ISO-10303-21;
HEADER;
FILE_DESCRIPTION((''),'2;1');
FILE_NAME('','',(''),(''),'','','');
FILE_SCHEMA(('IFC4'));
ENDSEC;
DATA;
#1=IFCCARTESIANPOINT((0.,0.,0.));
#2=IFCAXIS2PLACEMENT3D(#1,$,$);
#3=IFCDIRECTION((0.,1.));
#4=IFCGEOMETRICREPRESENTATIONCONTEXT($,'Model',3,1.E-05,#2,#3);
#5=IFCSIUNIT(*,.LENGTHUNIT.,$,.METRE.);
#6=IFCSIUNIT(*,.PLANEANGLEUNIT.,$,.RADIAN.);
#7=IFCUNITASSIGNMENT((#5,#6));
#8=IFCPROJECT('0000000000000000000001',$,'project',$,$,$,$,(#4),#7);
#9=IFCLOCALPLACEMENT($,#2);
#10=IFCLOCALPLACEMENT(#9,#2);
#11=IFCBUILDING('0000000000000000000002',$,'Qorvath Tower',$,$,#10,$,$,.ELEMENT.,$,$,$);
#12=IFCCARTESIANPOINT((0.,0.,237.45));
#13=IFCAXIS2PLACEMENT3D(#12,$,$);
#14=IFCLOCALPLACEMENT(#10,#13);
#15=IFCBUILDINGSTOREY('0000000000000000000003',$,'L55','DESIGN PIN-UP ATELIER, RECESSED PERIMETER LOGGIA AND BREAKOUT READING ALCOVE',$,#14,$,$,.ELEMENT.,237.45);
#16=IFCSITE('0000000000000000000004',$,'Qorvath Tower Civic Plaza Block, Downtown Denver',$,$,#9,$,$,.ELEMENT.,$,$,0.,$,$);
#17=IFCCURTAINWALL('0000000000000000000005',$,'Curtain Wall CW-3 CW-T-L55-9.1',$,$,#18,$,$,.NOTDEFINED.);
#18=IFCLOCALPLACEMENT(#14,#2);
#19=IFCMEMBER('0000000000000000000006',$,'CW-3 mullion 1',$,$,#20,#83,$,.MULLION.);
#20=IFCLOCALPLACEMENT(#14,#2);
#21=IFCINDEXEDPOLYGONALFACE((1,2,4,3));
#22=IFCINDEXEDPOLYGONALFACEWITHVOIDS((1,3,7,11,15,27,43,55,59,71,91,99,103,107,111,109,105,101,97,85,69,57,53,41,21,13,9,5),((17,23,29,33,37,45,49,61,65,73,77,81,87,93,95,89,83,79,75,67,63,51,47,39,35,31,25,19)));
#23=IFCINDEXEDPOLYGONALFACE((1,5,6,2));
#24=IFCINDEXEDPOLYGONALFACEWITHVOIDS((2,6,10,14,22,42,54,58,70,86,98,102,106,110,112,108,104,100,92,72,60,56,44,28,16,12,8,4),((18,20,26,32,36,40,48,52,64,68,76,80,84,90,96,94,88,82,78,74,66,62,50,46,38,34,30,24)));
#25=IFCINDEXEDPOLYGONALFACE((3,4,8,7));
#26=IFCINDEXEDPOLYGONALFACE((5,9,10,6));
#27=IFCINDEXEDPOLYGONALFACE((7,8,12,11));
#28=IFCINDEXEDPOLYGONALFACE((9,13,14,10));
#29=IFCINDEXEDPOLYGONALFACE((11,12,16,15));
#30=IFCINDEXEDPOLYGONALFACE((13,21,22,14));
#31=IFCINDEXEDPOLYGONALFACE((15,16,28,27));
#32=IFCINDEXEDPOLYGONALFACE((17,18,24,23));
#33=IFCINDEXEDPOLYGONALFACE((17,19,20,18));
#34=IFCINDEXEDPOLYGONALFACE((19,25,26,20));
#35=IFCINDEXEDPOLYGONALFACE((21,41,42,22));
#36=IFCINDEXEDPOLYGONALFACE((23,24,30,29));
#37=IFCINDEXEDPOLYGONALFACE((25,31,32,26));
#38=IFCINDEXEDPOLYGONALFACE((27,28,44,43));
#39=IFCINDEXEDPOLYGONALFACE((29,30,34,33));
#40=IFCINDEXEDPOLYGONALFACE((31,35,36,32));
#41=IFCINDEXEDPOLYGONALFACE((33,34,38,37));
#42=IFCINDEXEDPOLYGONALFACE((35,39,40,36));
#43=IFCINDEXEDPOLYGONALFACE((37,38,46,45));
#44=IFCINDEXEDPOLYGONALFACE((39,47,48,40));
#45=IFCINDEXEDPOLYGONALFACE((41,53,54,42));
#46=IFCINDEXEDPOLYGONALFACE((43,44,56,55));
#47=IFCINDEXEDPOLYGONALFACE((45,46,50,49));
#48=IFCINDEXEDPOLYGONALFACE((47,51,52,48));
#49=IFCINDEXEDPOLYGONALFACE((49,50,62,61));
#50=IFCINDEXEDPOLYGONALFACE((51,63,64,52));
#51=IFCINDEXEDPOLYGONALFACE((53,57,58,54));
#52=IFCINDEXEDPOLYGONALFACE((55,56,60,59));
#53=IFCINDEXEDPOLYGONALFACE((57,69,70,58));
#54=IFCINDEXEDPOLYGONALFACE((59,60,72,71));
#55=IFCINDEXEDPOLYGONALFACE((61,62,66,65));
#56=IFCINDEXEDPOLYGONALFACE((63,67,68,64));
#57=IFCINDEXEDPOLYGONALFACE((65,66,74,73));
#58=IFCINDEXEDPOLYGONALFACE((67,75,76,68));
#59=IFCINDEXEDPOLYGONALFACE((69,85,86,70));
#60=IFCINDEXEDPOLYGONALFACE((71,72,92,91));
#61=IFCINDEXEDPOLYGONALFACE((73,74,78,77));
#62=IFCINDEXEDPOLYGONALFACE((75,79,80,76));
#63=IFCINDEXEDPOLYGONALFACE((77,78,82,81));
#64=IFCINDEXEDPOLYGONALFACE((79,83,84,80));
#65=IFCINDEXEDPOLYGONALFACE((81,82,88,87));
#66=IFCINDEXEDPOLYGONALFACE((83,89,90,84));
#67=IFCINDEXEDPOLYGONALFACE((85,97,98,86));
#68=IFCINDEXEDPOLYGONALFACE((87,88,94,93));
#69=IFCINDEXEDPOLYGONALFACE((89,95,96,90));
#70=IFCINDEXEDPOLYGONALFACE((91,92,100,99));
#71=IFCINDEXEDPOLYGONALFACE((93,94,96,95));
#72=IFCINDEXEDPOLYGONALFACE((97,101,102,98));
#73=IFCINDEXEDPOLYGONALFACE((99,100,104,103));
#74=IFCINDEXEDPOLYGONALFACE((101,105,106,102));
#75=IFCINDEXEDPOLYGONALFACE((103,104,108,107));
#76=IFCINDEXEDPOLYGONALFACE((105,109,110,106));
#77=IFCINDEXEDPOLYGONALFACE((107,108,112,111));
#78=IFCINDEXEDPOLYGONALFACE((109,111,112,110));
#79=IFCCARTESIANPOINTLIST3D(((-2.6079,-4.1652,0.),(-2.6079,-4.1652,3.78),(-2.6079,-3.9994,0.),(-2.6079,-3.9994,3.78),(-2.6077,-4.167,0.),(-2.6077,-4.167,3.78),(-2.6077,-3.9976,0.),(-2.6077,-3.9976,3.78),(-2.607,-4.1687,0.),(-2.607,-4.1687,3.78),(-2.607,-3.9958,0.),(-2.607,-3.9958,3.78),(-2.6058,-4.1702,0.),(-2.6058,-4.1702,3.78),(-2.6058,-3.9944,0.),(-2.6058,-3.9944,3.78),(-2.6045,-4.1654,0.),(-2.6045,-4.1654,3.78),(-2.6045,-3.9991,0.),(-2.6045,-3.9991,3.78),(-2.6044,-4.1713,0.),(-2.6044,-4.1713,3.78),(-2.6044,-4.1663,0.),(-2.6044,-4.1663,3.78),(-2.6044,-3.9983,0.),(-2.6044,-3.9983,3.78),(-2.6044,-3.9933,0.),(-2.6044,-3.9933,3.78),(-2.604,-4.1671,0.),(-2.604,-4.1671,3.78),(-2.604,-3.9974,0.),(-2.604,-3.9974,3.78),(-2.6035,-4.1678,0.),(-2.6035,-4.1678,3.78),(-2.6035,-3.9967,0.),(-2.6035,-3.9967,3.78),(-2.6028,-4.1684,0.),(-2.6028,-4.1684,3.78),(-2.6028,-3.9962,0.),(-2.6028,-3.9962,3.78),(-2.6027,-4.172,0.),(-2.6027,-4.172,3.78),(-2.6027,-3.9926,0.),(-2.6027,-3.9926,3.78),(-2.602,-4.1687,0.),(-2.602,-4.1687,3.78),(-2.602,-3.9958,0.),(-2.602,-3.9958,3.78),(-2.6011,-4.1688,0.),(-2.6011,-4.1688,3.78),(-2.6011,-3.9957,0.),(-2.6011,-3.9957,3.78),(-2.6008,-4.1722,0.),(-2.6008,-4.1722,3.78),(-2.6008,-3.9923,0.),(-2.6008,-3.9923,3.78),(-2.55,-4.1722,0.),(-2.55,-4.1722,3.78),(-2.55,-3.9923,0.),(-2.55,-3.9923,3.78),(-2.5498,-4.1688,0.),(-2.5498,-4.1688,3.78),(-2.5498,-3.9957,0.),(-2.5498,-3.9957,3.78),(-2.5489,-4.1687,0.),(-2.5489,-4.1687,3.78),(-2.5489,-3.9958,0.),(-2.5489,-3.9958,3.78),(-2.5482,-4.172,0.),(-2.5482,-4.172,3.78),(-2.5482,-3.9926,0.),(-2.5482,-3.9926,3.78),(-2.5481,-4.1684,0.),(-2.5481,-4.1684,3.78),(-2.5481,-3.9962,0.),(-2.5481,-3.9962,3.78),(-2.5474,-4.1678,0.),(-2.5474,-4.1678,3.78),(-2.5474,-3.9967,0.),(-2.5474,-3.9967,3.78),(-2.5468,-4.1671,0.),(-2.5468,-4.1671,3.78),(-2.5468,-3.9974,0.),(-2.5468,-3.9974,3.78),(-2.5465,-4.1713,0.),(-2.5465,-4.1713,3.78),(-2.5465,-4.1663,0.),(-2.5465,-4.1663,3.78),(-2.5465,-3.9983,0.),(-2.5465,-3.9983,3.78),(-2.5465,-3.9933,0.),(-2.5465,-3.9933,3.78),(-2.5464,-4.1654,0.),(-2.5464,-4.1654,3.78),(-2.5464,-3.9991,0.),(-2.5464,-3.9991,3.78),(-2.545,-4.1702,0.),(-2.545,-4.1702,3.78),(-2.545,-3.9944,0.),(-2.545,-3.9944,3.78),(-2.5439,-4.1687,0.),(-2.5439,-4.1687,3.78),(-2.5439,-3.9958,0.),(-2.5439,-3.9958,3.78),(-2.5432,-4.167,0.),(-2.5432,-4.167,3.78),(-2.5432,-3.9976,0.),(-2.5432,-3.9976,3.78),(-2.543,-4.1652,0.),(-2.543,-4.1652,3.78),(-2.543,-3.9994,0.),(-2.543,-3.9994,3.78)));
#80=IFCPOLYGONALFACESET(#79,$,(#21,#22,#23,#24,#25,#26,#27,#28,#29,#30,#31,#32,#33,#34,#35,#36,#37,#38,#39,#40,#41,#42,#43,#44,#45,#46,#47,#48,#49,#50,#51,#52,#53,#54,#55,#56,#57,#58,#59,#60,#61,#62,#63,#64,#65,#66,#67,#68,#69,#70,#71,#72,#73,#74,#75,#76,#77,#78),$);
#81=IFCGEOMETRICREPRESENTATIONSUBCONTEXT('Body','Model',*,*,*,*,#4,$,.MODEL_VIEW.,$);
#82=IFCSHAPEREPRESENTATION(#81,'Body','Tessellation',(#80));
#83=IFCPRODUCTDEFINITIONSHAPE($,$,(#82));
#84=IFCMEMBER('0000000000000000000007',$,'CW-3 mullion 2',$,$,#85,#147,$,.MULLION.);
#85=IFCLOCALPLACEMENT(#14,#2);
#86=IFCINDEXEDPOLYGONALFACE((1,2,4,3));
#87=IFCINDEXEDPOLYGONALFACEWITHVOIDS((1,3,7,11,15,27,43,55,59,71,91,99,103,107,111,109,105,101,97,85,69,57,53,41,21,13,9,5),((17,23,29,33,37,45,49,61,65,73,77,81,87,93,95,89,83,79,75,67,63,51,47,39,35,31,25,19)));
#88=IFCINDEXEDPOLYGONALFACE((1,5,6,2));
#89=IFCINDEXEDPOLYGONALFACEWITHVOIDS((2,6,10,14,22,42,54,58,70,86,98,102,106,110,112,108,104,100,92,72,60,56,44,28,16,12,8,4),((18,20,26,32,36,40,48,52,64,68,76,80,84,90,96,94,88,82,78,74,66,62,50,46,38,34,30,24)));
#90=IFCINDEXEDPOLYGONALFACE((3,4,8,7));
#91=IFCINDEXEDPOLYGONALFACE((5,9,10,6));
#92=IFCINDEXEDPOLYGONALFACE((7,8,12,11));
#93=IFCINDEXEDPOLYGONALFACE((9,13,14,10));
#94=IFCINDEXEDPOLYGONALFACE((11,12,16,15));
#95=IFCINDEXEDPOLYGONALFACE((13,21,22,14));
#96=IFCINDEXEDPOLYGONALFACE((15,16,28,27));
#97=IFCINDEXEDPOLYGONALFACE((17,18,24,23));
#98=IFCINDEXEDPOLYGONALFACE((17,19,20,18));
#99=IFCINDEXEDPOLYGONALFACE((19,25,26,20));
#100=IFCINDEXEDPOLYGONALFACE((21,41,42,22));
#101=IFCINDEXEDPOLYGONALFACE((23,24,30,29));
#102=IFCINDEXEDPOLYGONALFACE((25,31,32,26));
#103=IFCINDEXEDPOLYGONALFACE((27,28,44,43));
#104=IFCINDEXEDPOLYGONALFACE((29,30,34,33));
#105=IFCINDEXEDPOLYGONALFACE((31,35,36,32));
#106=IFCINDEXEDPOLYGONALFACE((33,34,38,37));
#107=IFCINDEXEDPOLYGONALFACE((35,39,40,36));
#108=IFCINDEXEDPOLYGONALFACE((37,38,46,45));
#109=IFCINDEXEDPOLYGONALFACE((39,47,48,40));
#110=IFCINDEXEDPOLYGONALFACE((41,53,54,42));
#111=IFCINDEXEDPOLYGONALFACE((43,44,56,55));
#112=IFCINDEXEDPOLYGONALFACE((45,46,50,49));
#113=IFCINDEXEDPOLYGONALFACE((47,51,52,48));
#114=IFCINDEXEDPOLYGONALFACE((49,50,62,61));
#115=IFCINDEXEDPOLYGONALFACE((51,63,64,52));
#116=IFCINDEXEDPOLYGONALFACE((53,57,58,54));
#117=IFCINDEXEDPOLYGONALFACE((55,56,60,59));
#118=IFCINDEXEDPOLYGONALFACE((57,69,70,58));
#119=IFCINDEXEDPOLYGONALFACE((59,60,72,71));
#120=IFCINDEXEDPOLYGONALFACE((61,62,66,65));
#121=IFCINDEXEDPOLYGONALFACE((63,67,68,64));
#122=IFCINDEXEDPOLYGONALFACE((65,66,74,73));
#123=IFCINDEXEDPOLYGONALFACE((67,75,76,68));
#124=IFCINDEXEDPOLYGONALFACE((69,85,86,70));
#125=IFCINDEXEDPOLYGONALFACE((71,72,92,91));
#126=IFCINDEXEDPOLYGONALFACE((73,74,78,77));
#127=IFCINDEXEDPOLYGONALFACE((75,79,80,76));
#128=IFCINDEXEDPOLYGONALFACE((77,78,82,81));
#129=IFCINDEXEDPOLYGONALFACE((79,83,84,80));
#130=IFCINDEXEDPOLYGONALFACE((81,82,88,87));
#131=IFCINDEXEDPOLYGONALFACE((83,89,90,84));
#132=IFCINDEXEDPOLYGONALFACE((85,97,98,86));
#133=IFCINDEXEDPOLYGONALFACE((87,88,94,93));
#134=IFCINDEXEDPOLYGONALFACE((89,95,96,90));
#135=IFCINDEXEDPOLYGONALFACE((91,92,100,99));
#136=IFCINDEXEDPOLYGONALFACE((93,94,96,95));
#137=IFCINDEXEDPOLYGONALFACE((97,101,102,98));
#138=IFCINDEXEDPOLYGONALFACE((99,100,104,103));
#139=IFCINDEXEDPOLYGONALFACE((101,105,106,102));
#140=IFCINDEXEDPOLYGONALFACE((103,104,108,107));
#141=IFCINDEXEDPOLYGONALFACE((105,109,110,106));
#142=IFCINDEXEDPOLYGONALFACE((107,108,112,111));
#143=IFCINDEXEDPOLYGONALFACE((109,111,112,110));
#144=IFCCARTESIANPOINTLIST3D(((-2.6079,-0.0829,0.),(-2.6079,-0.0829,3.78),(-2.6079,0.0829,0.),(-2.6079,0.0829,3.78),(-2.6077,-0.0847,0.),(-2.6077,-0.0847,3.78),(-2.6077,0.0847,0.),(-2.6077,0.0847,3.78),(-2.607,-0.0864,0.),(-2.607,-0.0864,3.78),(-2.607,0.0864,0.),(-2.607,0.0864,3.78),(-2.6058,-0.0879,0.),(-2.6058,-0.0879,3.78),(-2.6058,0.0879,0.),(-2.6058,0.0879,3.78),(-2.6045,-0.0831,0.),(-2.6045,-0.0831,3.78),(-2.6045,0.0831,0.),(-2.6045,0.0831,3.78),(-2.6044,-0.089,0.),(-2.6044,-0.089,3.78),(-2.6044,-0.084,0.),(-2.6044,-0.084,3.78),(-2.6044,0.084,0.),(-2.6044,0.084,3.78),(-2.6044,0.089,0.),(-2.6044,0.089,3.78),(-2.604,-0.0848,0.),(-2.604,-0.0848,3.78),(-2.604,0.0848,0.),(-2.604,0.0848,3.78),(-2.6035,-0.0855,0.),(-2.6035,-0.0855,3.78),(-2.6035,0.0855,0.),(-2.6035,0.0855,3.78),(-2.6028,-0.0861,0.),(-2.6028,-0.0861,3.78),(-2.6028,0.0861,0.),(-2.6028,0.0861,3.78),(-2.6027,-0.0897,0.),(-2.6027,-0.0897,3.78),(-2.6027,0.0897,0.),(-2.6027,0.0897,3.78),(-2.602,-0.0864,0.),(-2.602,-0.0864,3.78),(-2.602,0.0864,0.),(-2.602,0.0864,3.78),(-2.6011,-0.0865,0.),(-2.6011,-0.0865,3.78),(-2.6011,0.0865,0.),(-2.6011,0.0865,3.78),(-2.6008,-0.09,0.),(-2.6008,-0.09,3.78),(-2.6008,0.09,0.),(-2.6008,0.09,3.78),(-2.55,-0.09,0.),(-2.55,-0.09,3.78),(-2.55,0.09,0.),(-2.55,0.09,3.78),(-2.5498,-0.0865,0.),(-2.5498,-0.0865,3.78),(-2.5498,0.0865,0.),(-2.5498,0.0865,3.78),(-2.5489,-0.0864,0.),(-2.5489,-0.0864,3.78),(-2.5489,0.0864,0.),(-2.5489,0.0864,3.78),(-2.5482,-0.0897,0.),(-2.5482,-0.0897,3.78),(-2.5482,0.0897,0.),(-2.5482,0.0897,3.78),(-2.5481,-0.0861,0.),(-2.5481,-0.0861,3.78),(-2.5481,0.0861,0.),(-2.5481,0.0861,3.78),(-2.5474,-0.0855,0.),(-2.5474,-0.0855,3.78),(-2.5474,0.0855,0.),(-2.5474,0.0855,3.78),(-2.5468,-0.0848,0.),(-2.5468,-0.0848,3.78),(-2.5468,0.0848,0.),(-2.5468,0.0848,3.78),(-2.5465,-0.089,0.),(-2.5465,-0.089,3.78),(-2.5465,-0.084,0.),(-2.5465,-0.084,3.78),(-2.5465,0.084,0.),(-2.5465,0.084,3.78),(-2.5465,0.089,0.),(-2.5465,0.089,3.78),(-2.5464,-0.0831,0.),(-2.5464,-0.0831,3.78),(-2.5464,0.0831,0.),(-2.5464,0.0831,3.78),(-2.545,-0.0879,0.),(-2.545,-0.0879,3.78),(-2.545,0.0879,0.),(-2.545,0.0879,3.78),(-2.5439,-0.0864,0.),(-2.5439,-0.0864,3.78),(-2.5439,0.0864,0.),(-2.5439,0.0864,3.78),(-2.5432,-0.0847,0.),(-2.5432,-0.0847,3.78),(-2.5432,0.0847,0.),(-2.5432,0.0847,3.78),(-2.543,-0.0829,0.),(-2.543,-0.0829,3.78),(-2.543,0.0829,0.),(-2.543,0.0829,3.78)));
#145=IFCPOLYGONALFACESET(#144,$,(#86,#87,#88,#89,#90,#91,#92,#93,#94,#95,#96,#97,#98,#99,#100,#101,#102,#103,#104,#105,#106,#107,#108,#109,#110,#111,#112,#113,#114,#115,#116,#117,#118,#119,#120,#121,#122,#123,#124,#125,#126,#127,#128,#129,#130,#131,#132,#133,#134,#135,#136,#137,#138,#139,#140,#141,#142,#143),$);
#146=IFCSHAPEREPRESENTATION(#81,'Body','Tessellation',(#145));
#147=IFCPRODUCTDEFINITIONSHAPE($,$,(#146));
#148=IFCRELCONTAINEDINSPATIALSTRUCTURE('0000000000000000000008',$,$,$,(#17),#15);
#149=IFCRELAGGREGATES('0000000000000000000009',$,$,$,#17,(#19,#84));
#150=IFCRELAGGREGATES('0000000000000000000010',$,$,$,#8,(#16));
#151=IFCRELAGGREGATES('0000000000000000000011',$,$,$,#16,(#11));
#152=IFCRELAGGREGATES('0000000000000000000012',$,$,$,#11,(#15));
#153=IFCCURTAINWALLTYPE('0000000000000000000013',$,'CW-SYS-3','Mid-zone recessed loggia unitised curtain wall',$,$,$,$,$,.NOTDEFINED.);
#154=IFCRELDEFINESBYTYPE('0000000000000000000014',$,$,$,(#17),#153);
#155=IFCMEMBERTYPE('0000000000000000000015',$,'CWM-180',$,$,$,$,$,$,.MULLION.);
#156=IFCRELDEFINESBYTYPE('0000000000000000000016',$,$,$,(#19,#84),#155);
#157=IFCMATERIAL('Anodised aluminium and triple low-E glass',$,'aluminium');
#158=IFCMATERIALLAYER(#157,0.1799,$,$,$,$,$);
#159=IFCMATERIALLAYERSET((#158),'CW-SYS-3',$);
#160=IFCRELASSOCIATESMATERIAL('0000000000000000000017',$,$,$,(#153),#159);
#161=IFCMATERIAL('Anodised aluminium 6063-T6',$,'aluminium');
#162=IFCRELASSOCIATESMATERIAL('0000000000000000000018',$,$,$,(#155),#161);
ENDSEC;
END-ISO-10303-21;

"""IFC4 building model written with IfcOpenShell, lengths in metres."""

from ifc_helpers import new_model, si_unit, direction, frame, origin, origin_2d, place, context, subcontext, project, spatial, hollow_rectangle, extrude, material, layer, layer_set, material_profile, profile_set, type_object, element, aggregate, save


model = new_model("IFC4")

# Units and contexts
model_context = context("Model", 3, precision=1e-05, world=origin(), true_north=direction((0.0, 1.0)))
body_context = subcontext(model_context, "Body", "Model", "MODEL_VIEW")
ifc_project = project(units=[si_unit("LENGTHUNIT", "METRE"), si_unit("PLANEANGLEUNIT", "RADIAN")], contexts=[model_context])

# Site, building, storey
site_placement = place(None, origin())
site = spatial("IfcSite", under=ifc_project, at=site_placement, Name="Qorvath Tower Civic Plaza Block, Downtown Denver", CompositionType="ELEMENT", RefElevation=0.0)
building_placement = place(site_placement, origin())
building = spatial("IfcBuilding", under=site, at=building_placement, Name="Qorvath Tower", CompositionType="ELEMENT")
storey_placement = place(building_placement, frame((0.0, 0.0, 237.45)))
storey = spatial("IfcBuildingStorey", under=building, at=storey_placement, Name="L55", Description="DESIGN PIN-UP ATELIER, RECESSED PERIMETER LOGGIA AND BREAKOUT READING ALCOVE", CompositionType="ELEMENT", Elevation=237.45)

# Curtain wall, members
ifc_material_1 = material(Name="Anodised aluminium and triple low-E glass", Category="aluminium")
ifc_layer_1 = layer(ifc_material_1, 0.1799)
ifc_layer_set_1 = layer_set([ifc_layer_1], Name="CW-SYS-3")
curtain_wall_type = type_object("IfcCurtainWallType", Name="CW-SYS-3", Description="Mid-zone recessed loggia unitised curtain wall", PredefinedType="NOTDEFINED", material=ifc_layer_set_1)
curtain_wall_placement = place(storey_placement, origin())
curtain_wall = element("IfcCurtainWall", 1, at=curtain_wall_placement, inside=storey, type_object=curtain_wall_type, Name="Curtain Wall CW-3 CW-T-L55-9.1", PredefinedType="NOTDEFINED")
ifc_material_2 = material(Name="Anodised aluminium 6063-T6", Category="aluminium")
ifc_material_profile_1 = material_profile(ifc_material_2, hollow_rectangle(XDim=0.0649, YDim=0.1799, WallThickness=0.0034, InnerFilletRadius=0.0034, OuterFilletRadius=0.0071, at=origin_2d()), Name="CWM 180x65")
ifc_profile_set_1 = profile_set([ifc_material_profile_1], Name="Anodised aluminium 6063-T6")
member_type_1 = type_object("IfcMemberType", Name="CWM-180", PredefinedType="MULLION", material=ifc_profile_set_1)
member_1_placement = place(storey_placement, frame((-2.5754, -4.0823, 0.0), z_axis=(0.0, 0.0, 1.0), x_axis=(-1.0, 0.0, 0.0)))
member_1 = element("IfcMember", 2, at=member_1_placement, type_object=member_type_1, Name="CW-3 mullion 1", PredefinedType="MULLION", context=body_context, shape_type="SweptSolid", body=[
    extrude(hollow_rectangle(XDim=0.0649, YDim=0.1799, WallThickness=0.0034, InnerFilletRadius=0.0034, OuterFilletRadius=0.0071, at=origin_2d()), origin(), (0.0, 0.0, 1.0), 3.78),
])
member_2_placement = place(storey_placement, frame((-2.5754, 0.0, 0.0), z_axis=(0.0, 0.0, 1.0), x_axis=(-1.0, 0.0, 0.0)))
member_2 = element("IfcMember", 3, at=member_2_placement, type_object=member_type_1, Name="CW-3 mullion 2", PredefinedType="MULLION", context=body_context, shape_type="SweptSolid", body=[
    extrude(hollow_rectangle(XDim=0.0649, YDim=0.1799, WallThickness=0.0034, InnerFilletRadius=0.0034, OuterFilletRadius=0.0071, at=origin_2d()), origin(), (0.0, 0.0, 1.0), 3.78),
])
aggregate(curtain_wall, [member_1, member_2])

save(model, "model.ifc")
